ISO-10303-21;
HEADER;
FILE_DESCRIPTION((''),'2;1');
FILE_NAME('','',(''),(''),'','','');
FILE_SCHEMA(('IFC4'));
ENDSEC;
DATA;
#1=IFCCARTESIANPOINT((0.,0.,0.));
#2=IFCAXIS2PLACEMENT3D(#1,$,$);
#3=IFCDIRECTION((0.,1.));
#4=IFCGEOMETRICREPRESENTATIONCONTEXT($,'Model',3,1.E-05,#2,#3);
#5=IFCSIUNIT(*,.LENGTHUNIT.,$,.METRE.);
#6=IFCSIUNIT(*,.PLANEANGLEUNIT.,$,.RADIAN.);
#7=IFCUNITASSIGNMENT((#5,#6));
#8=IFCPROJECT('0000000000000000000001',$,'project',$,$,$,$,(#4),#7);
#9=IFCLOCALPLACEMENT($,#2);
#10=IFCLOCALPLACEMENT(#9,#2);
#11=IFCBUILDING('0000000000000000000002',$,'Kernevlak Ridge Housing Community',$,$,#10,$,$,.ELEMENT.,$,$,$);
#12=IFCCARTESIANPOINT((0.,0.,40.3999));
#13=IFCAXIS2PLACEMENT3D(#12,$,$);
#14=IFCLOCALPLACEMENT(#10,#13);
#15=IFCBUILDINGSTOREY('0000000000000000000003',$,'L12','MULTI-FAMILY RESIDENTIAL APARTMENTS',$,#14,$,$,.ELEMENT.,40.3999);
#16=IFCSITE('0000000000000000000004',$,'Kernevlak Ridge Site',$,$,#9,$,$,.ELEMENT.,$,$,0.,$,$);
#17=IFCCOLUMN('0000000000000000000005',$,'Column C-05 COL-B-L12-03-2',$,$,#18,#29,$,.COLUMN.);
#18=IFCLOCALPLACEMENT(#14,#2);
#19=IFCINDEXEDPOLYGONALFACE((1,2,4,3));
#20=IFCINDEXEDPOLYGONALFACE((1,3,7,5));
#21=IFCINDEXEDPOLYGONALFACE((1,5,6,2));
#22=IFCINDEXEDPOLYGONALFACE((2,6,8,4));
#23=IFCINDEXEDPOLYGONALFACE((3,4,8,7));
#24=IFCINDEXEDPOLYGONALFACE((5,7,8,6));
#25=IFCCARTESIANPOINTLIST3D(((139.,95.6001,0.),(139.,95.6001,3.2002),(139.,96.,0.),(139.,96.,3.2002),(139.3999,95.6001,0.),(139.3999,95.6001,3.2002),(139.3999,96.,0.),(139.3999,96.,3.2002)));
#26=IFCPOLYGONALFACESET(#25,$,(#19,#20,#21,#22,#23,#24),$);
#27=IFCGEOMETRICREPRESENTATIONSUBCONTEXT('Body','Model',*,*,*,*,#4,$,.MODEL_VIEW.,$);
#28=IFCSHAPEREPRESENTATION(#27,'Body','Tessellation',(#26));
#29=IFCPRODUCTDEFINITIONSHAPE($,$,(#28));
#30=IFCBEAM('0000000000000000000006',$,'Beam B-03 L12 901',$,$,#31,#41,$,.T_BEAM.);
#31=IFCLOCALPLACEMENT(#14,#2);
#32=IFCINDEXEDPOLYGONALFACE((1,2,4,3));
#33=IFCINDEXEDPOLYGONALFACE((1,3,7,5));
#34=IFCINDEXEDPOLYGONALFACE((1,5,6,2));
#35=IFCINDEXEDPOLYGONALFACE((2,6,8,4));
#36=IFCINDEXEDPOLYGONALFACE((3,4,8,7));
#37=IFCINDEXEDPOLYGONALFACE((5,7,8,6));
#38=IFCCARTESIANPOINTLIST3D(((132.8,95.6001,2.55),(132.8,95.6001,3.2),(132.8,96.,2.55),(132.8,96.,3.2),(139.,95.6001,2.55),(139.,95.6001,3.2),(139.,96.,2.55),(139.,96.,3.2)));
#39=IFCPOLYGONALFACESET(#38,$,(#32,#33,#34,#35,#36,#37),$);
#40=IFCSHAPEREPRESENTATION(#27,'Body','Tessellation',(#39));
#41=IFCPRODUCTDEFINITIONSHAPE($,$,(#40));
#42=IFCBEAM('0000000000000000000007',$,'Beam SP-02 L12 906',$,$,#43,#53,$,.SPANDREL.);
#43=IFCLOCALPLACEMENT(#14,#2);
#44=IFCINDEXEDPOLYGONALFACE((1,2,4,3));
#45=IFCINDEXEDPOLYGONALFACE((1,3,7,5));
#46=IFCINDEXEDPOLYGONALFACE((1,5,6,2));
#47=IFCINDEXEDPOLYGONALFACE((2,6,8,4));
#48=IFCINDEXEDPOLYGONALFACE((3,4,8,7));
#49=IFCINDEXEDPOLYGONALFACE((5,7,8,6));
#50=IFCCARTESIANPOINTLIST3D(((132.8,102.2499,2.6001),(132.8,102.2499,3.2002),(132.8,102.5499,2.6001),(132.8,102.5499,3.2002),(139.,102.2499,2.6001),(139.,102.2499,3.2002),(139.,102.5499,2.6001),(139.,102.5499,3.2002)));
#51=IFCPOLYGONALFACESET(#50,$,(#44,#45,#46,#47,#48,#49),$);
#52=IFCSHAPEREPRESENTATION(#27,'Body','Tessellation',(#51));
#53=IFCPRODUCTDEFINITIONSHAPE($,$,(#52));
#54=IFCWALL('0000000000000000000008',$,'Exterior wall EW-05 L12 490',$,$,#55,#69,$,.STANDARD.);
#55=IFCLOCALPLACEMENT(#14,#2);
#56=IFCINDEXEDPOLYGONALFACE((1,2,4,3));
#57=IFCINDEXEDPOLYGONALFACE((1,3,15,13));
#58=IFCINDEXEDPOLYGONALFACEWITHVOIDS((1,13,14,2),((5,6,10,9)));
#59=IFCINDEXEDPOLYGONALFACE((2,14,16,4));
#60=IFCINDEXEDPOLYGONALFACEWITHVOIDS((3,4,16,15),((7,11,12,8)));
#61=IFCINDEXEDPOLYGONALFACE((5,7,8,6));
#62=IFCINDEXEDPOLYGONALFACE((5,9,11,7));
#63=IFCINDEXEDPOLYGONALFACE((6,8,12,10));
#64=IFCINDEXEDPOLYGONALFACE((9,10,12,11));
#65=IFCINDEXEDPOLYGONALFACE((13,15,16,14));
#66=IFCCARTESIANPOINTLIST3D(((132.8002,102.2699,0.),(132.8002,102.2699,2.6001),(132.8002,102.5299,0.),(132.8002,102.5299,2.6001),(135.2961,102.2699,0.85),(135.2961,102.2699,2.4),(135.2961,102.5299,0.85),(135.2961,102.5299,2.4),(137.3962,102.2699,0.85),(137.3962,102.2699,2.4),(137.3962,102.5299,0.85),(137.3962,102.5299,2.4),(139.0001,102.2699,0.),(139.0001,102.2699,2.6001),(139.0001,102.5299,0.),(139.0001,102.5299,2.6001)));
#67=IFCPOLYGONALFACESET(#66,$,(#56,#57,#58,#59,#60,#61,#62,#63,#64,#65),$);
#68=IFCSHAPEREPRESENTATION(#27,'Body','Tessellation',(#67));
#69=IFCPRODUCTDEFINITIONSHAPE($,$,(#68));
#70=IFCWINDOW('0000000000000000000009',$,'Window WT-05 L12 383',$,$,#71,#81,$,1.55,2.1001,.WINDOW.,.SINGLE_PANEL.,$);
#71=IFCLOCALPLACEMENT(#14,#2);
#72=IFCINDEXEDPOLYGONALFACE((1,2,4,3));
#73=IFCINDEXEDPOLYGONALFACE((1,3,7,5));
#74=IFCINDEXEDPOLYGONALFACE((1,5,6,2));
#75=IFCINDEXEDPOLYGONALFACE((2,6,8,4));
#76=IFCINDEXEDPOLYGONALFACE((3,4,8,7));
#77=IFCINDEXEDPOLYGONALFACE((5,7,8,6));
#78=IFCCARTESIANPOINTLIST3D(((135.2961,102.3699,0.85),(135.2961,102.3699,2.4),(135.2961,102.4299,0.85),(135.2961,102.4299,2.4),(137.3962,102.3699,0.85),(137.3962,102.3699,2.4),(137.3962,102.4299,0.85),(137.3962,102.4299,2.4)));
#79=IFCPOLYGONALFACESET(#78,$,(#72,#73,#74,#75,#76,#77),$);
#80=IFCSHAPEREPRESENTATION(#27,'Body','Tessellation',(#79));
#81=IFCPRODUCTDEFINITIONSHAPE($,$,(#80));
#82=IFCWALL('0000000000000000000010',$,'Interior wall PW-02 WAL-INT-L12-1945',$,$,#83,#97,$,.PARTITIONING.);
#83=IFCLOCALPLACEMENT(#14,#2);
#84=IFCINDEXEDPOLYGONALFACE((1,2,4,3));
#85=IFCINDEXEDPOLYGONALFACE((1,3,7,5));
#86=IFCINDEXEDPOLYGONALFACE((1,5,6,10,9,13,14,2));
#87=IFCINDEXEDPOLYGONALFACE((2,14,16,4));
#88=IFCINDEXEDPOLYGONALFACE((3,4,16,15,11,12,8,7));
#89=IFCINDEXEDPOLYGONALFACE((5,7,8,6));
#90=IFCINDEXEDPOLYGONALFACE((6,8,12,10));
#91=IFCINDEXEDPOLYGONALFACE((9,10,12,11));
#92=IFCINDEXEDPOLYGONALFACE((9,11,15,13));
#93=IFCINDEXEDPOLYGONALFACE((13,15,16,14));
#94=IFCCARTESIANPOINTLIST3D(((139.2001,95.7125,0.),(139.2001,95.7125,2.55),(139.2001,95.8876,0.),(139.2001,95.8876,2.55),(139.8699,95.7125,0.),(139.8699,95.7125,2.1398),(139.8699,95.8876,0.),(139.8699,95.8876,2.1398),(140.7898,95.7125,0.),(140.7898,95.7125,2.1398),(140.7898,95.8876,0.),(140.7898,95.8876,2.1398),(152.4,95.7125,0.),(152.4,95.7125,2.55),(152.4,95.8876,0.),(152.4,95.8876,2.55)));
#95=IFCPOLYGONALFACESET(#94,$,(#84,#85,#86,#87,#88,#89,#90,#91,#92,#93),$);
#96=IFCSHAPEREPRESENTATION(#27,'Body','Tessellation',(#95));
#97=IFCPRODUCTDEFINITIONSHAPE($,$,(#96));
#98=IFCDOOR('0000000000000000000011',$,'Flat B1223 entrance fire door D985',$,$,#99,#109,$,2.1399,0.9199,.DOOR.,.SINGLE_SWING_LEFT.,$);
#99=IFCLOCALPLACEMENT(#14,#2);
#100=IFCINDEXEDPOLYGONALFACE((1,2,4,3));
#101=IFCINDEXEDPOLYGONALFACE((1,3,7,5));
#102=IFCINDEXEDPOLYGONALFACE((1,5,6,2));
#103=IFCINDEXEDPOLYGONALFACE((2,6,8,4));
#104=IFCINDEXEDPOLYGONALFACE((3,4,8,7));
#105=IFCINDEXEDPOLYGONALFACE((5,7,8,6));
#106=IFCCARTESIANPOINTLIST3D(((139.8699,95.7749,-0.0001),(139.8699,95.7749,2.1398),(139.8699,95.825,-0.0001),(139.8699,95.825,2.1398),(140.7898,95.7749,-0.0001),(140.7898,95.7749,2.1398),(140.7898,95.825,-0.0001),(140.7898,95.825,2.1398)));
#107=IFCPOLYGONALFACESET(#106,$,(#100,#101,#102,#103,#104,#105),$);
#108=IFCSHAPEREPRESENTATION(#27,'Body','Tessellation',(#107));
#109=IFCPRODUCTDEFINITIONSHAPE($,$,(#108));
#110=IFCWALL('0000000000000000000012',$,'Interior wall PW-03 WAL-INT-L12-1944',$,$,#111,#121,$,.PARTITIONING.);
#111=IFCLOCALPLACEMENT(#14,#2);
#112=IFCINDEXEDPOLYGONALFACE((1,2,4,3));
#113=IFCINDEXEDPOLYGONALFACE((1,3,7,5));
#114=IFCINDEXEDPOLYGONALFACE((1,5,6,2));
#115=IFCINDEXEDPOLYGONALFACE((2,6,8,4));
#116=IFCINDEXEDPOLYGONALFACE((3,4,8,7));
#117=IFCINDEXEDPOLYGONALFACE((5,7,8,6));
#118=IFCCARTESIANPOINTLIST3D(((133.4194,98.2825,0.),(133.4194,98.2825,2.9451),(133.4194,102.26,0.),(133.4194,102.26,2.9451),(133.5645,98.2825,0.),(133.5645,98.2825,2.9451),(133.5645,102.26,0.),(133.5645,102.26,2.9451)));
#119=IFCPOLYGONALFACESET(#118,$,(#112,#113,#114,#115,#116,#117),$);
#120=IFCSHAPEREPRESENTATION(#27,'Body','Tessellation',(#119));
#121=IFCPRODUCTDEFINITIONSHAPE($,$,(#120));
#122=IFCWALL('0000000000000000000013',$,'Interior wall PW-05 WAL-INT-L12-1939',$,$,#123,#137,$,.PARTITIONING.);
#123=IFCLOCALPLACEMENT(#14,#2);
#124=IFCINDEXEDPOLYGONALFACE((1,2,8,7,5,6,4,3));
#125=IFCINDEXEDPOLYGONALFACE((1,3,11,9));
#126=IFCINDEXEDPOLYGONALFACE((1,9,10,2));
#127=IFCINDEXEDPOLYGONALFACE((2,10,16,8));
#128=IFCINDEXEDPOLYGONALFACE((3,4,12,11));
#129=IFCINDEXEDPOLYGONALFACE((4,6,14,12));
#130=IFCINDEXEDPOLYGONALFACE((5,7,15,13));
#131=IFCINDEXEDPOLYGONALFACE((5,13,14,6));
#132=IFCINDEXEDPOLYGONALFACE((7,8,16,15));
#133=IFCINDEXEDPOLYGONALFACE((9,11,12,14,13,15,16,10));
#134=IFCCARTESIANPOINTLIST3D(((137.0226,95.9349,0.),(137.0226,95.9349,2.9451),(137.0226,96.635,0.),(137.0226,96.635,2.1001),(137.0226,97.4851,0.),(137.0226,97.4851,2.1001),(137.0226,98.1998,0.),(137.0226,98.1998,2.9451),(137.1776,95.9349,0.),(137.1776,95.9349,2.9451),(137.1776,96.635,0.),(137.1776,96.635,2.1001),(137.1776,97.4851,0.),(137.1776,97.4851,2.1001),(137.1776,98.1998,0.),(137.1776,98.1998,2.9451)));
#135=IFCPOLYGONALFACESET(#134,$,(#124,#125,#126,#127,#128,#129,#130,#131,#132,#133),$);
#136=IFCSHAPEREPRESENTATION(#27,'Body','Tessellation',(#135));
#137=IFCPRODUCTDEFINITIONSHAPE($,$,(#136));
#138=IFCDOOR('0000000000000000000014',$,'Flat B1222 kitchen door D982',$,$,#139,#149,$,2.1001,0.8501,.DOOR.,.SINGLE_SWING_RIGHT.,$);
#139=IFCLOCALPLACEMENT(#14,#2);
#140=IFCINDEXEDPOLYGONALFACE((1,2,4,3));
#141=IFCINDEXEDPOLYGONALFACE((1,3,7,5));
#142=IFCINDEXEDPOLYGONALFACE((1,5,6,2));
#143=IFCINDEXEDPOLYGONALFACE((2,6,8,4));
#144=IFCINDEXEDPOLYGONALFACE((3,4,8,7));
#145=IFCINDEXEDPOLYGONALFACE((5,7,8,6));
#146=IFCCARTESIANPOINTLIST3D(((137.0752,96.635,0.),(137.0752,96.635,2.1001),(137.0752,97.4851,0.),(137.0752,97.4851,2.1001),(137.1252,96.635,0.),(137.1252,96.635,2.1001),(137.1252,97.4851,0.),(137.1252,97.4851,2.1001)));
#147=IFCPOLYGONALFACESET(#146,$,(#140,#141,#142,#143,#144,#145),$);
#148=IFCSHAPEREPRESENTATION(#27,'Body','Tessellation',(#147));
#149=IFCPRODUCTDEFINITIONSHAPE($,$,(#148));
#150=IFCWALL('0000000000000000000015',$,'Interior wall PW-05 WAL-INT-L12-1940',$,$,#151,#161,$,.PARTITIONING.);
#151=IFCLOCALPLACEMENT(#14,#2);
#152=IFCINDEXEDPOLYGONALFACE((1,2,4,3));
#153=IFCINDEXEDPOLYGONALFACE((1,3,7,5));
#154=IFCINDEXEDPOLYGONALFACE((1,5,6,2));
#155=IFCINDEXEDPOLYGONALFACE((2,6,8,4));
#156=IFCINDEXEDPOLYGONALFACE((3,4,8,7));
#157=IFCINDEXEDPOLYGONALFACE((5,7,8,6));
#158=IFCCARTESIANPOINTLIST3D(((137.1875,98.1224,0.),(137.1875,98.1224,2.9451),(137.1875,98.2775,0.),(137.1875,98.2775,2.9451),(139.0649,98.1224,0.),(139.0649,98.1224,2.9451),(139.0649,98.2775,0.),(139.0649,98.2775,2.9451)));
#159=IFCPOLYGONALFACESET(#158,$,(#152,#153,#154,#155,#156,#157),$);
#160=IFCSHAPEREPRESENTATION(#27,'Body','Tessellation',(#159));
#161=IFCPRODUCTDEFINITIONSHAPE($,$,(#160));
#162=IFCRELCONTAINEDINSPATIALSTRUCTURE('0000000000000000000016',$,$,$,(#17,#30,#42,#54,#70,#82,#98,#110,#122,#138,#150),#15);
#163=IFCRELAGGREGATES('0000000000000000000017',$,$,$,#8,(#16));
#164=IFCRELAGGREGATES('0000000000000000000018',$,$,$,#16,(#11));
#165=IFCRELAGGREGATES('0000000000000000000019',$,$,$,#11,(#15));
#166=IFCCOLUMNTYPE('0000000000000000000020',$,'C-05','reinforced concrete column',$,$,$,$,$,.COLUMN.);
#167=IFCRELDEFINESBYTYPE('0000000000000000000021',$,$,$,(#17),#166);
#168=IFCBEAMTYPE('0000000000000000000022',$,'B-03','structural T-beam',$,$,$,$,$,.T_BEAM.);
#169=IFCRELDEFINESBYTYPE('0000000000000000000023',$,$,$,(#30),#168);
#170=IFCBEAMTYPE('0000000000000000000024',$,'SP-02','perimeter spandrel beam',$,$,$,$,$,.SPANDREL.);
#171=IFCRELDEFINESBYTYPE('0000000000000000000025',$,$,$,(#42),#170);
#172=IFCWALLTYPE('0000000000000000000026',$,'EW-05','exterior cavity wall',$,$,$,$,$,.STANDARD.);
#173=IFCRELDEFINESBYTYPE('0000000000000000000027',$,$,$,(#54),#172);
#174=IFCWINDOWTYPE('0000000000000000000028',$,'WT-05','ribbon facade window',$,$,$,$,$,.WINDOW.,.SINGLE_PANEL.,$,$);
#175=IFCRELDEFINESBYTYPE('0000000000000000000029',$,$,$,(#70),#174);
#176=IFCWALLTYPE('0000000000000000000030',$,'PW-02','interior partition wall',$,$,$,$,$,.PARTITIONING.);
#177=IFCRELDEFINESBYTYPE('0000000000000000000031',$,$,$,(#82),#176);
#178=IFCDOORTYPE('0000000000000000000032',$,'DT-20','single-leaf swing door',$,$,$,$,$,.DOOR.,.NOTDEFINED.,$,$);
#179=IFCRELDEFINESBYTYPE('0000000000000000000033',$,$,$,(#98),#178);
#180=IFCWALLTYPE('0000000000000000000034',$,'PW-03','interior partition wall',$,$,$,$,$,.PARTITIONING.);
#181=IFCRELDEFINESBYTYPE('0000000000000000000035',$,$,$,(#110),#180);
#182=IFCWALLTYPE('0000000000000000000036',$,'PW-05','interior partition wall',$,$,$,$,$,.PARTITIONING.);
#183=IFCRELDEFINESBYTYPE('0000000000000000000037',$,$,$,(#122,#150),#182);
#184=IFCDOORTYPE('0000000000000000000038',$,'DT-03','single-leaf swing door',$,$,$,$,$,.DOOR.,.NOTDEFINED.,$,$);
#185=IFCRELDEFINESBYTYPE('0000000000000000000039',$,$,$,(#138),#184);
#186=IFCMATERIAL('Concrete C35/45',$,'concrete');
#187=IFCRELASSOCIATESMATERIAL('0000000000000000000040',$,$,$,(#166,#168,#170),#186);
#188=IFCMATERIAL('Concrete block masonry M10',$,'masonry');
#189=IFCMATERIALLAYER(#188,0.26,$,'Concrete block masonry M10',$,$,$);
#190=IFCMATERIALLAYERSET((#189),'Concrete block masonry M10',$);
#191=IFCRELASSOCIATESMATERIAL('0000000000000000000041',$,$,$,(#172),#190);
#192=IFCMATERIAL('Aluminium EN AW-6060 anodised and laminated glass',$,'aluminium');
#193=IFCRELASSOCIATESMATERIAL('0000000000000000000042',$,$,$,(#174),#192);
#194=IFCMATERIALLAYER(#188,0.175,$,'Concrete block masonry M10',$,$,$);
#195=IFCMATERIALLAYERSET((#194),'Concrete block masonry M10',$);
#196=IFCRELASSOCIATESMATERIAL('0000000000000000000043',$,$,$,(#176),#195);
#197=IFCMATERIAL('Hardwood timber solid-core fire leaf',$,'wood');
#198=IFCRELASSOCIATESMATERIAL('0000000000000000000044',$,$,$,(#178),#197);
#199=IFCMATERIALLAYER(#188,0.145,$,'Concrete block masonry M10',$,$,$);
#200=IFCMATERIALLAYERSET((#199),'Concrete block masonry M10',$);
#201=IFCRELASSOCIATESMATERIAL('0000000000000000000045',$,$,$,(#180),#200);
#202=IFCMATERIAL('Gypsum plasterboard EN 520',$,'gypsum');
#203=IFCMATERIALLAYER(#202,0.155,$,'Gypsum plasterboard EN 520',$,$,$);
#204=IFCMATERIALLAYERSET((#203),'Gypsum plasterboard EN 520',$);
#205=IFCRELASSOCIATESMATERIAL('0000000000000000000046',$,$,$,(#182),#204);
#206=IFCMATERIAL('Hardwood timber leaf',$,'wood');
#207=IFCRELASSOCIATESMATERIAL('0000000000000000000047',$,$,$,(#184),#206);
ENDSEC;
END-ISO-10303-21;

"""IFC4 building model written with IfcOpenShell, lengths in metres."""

from ifc_helpers import new_model, si_unit, direction, frame, frame_2d, origin, origin_2d, place, context, subcontext, project, spatial, rectangle, extrude, material, layer, layer_set, material_profile, profile_set, type_object, element, fill, save


model = new_model("IFC4")

# Units and contexts
model_context = context("Model", 3, precision=1e-05, world=origin(), true_north=direction((0.0, 1.0)))
body_context = subcontext(model_context, "Body", "Model", "MODEL_VIEW")
ifc_project = project(units=[si_unit("LENGTHUNIT", "METRE"), si_unit("PLANEANGLEUNIT", "RADIAN")], contexts=[model_context])

# Site, building, storey
site_placement = place(None, origin())
site = spatial("IfcSite", under=ifc_project, at=site_placement, Name="Kernevlak Ridge Site", CompositionType="ELEMENT", RefElevation=0.0)
building_placement = place(site_placement, origin())
building = spatial("IfcBuilding", under=site, at=building_placement, Name="Kernevlak Ridge Housing Community", CompositionType="ELEMENT")
storey_placement = place(building_placement, frame((0.0, 0.0, 40.3999)))
storey = spatial("IfcBuildingStorey", under=building, at=storey_placement, Name="L12", Description="MULTI-FAMILY RESIDENTIAL APARTMENTS", CompositionType="ELEMENT", Elevation=40.3999)

# Column
ifc_material_1 = material(Name="Concrete C35/45", Category="concrete")
ifc_material_profile_1 = material_profile(ifc_material_1, rectangle(XDim=0.3999, YDim=0.3999, at=origin_2d()), Name="RC 400x400")
ifc_profile_set_1 = profile_set([ifc_material_profile_1], Name="Concrete C35/45")
column_type = type_object("IfcColumnType", Name="C-05", Description="reinforced concrete column", PredefinedType="COLUMN", material=ifc_profile_set_1)
column_placement = place(storey_placement, frame((139.2, 95.8, 0.0), z_axis=(0.0, 0.0, 1.0), x_axis=(1.0, 0.0, 0.0)))
element("IfcColumn", 1, at=column_placement, inside=storey, type_object=column_type, Name="Column C-05 COL-B-L12-03-2", PredefinedType="COLUMN", context=body_context, shape_type="SweptSolid", body=[
    extrude(rectangle(XDim=0.3999, YDim=0.3999, at=origin_2d()), origin(), (0.0, 0.0, 1.0), 3.2002),
])

# Beams
ifc_material_profile_2 = material_profile(ifc_material_1, rectangle(XDim=0.3999, YDim=0.6499, at=origin_2d()), Name="RC 400x650")
ifc_profile_set_2 = profile_set([ifc_material_profile_2], Name="Concrete C35/45")
beam_type_1 = type_object("IfcBeamType", Name="B-03", Description="structural T-beam", PredefinedType="T_BEAM", material=ifc_profile_set_2)
beam_1_placement = place(storey_placement, frame((132.8, 95.8, 2.875), z_axis=(1.0, 0.0, 0.0), x_axis=(0.0, 1.0, 0.0)))
element("IfcBeam", 2, at=beam_1_placement, inside=storey, type_object=beam_type_1, Name="Beam B-03 L12 901", PredefinedType="T_BEAM", context=body_context, shape_type="SweptSolid", body=[
    extrude(rectangle(XDim=0.3999, YDim=0.6499, at=origin_2d()), origin(), (0.0, 0.0, 1.0), 6.2),
])
ifc_material_profile_3 = material_profile(ifc_material_1, rectangle(XDim=0.3, YDim=0.6001, at=origin_2d()), Name="RC 300x600")
ifc_profile_set_3 = profile_set([ifc_material_profile_3], Name="Concrete C35/45")
beam_type_2 = type_object("IfcBeamType", Name="SP-02", Description="perimeter spandrel beam", PredefinedType="SPANDREL", material=ifc_profile_set_3)
beam_2_placement = place(storey_placement, frame((132.8, 102.3999, 2.9001), z_axis=(1.0, 0.0, 0.0), x_axis=(0.0, 1.0, 0.0)))
element("IfcBeam", 3, at=beam_2_placement, inside=storey, type_object=beam_type_2, Name="Beam SP-02 L12 906", PredefinedType="SPANDREL", context=body_context, shape_type="SweptSolid", body=[
    extrude(rectangle(XDim=0.3, YDim=0.6001, at=origin_2d()), origin(), (0.0, 0.0, 1.0), 6.2),
])

# Wall, opening, window
ifc_material_2 = material(Name="Concrete block masonry M10", Category="masonry")
ifc_layer_1 = layer(ifc_material_2, 0.26, Name="Concrete block masonry M10")
ifc_layer_set_1 = layer_set([ifc_layer_1], Name="Concrete block masonry M10")
wall_type_1 = type_object("IfcWallType", Name="EW-05", Description="exterior cavity wall", PredefinedType="STANDARD", material=ifc_layer_set_1)
wall_1_placement = place(storey_placement, frame((132.8, 102.3999, 0.0), z_axis=(0.0, 0.0, 1.0), x_axis=(1.0, 0.0, 0.0)))
wall_1 = element("IfcWall", 4, at=wall_1_placement, inside=storey, type_object=wall_type_1, Name="Exterior wall EW-05 L12 490", PredefinedType="STANDARD", context=body_context, shape_type="SweptSolid", body=[
    extrude(rectangle(XDim=6.2, YDim=0.26, at=frame_2d((3.1001, 0.0))), origin(), (0.0, 0.0, 1.0), 2.6001),
])
opening_1_placement = place(wall_1_placement, frame((2.4961, 0.0, 0.8501)))
opening_1 = element("IfcOpeningElement", 5, at=opening_1_placement, cuts=wall_1, PredefinedType="OPENING", context=body_context, shape_type="SweptSolid", body=[
    extrude(rectangle(XDim=2.1001, YDim=1.55, at=frame_2d((1.05, 0.7749))), frame((0.0, 0.1399, 0.0), z_axis=(0.0, -1.0, 0.0), x_axis=(1.0, 0.0, 0.0)), (0.0, 0.0, 1.0), 0.28),
])
ifc_material_3 = material(Name="Aluminium EN AW-6060 anodised and laminated glass", Category="aluminium")
window_type = type_object("IfcWindowType", Name="WT-05", Description="ribbon facade window", PartitioningType="SINGLE_PANEL", PredefinedType="WINDOW", material=ifc_material_3)
window_placement = place(opening_1_placement, origin())
window = element("IfcWindow", 6, at=window_placement, inside=storey, type_object=window_type, Name="Window WT-05 L12 383", OverallHeight=1.55, OverallWidth=2.1001, PartitioningType="SINGLE_PANEL", PredefinedType="WINDOW", context=body_context, shape_type="SweptSolid", body=[
    extrude(rectangle(XDim=2.1001, YDim=1.55, at=frame_2d((1.05, 0.7749))), frame((0.0, 0.03, 0.0), z_axis=(0.0, -1.0, 0.0), x_axis=(1.0, 0.0, 0.0)), (0.0, 0.0, 1.0), 0.0601),
])
fill(opening_1, window)

# Wall, opening, door
ifc_layer_2 = layer(ifc_material_2, 0.175, Name="Concrete block masonry M10")
ifc_layer_set_2 = layer_set([ifc_layer_2], Name="Concrete block masonry M10")
wall_type_2 = type_object("IfcWallType", Name="PW-02", Description="interior partition wall", PredefinedType="PARTITIONING", material=ifc_layer_set_2)
wall_2_placement = place(storey_placement, frame((139.2, 95.8, 0.0), z_axis=(0.0, 0.0, 1.0), x_axis=(1.0, 0.0, 0.0)))
wall_2 = element("IfcWall", 7, at=wall_2_placement, inside=storey, type_object=wall_type_2, Name="Interior wall PW-02 WAL-INT-L12-1945", PredefinedType="PARTITIONING", context=body_context, shape_type="SweptSolid", body=[
    extrude(rectangle(XDim=13.2, YDim=0.175, at=frame_2d((6.6001, 0.0))), origin(), (0.0, 0.0, 1.0), 2.55),
])
opening_2_placement = place(wall_2_placement, frame((0.6699, 0.0, 0.0)))
opening_2 = element("IfcOpeningElement", 8, at=opening_2_placement, cuts=wall_2, PredefinedType="OPENING", context=body_context, shape_type="SweptSolid", body=[
    extrude(rectangle(XDim=0.9199, YDim=2.1399, at=frame_2d((0.46, 1.0698))), frame((0.0, 0.0974, 0.0), z_axis=(0.0, -1.0, 0.0), x_axis=(1.0, 0.0, 0.0)), (0.0, 0.0, 1.0), 0.1951),
])
ifc_material_4 = material(Name="Hardwood timber solid-core fire leaf", Category="wood")
door_type_1 = type_object("IfcDoorType", Name="DT-20", Description="single-leaf swing door", OperationType="NOTDEFINED", PredefinedType="DOOR", material=ifc_material_4)
door_1_placement = place(opening_2_placement, origin())
door_1 = element("IfcDoor", 9, at=door_1_placement, inside=storey, type_object=door_type_1, Name="Flat B1223 entrance fire door D985", OperationType="SINGLE_SWING_LEFT", OverallHeight=2.1399, OverallWidth=0.9199, PredefinedType="DOOR", context=body_context, shape_type="SweptSolid", body=[
    extrude(rectangle(XDim=0.9199, YDim=2.1399, at=frame_2d((0.46, 1.0698))), frame((0.0, 0.0249, 0.0), z_axis=(0.0, -1.0, 0.0), x_axis=(1.0, 0.0, 0.0)), (0.0, 0.0, 1.0), 0.05),
])
fill(opening_2, door_1)

# Wall
ifc_layer_3 = layer(ifc_material_2, 0.145, Name="Concrete block masonry M10")
ifc_layer_set_3 = layer_set([ifc_layer_3], Name="Concrete block masonry M10")
wall_type_3 = type_object("IfcWallType", Name="PW-03", Description="interior partition wall", PredefinedType="PARTITIONING", material=ifc_layer_set_3)
wall_3_placement = place(storey_placement, frame((133.4919, 98.2825, 0.0), z_axis=(0.0, 0.0, 1.0), x_axis=(0.0, 1.0, 0.0)))
element("IfcWall", 10, at=wall_3_placement, inside=storey, type_object=wall_type_3, Name="Interior wall PW-03 WAL-INT-L12-1944", PredefinedType="PARTITIONING", context=body_context, shape_type="SweptSolid", body=[
    extrude(rectangle(XDim=3.9775, YDim=0.145, at=frame_2d((1.9888, 0.0))), origin(), (0.0, 0.0, 1.0), 2.9451),
])

# Wall, opening, door
ifc_material_5 = material(Name="Gypsum plasterboard EN 520", Category="gypsum")
ifc_layer_4 = layer(ifc_material_5, 0.155, Name="Gypsum plasterboard EN 520")
ifc_layer_set_4 = layer_set([ifc_layer_4], Name="Gypsum plasterboard EN 520")
wall_type_4 = type_object("IfcWallType", Name="PW-05", Description="interior partition wall", PredefinedType="PARTITIONING", material=ifc_layer_set_4)
wall_4_placement = place(storey_placement, frame((137.1001, 95.9351, 0.0), z_axis=(0.0, 0.0, 1.0), x_axis=(0.0, 1.0, 0.0)))
wall_4 = element("IfcWall", 11, at=wall_4_placement, inside=storey, type_object=wall_type_4, Name="Interior wall PW-05 WAL-INT-L12-1939", PredefinedType="PARTITIONING", context=body_context, shape_type="SweptSolid", body=[
    extrude(rectangle(XDim=2.2649, YDim=0.155, at=frame_2d((1.1323, 0.0))), origin(), (0.0, 0.0, 1.0), 2.9451),
])
opening_3_placement = place(wall_4_placement, frame((0.7, 0.0, 0.0)))
opening_3 = element("IfcOpeningElement", 12, at=opening_3_placement, cuts=wall_4, PredefinedType="OPENING", context=body_context, shape_type="SweptSolid", body=[
    extrude(rectangle(XDim=0.8501, YDim=2.1001, at=frame_2d((0.425, 1.05))), frame((0.0, 0.0874, 0.0), z_axis=(0.0, -1.0, 0.0), x_axis=(1.0, 0.0, 0.0)), (0.0, 0.0, 1.0), 0.175),
])
ifc_material_6 = material(Name="Hardwood timber leaf", Category="wood")
door_type_2 = type_object("IfcDoorType", Name="DT-03", Description="single-leaf swing door", OperationType="NOTDEFINED", PredefinedType="DOOR", material=ifc_material_6)
door_2_placement = place(opening_3_placement, origin())
door_2 = element("IfcDoor", 13, at=door_2_placement, inside=storey, type_object=door_type_2, Name="Flat B1222 kitchen door D982", OperationType="SINGLE_SWING_RIGHT", OverallHeight=2.1001, OverallWidth=0.8501, PredefinedType="DOOR", context=body_context, shape_type="SweptSolid", body=[
    extrude(rectangle(XDim=0.8501, YDim=2.1001, at=frame_2d((0.425, 1.05))), frame((0.0, 0.0249, 0.0), z_axis=(0.0, -1.0, 0.0), x_axis=(1.0, 0.0, 0.0)), (0.0, 0.0, 1.0), 0.05),
])
fill(opening_3, door_2)

# Wall
wall_5_placement = place(storey_placement, frame((137.1875, 98.2, 0.0), z_axis=(0.0, 0.0, 1.0), x_axis=(1.0, 0.0, 0.0)))
element("IfcWall", 14, at=wall_5_placement, inside=storey, type_object=wall_type_4, Name="Interior wall PW-05 WAL-INT-L12-1940", PredefinedType="PARTITIONING", context=body_context, shape_type="SweptSolid", body=[
    extrude(rectangle(XDim=1.8774, YDim=0.155, at=frame_2d((0.9387, 0.0))), origin(), (0.0, 0.0, 1.0), 2.9451),
])

save(model, "model.ifc")
